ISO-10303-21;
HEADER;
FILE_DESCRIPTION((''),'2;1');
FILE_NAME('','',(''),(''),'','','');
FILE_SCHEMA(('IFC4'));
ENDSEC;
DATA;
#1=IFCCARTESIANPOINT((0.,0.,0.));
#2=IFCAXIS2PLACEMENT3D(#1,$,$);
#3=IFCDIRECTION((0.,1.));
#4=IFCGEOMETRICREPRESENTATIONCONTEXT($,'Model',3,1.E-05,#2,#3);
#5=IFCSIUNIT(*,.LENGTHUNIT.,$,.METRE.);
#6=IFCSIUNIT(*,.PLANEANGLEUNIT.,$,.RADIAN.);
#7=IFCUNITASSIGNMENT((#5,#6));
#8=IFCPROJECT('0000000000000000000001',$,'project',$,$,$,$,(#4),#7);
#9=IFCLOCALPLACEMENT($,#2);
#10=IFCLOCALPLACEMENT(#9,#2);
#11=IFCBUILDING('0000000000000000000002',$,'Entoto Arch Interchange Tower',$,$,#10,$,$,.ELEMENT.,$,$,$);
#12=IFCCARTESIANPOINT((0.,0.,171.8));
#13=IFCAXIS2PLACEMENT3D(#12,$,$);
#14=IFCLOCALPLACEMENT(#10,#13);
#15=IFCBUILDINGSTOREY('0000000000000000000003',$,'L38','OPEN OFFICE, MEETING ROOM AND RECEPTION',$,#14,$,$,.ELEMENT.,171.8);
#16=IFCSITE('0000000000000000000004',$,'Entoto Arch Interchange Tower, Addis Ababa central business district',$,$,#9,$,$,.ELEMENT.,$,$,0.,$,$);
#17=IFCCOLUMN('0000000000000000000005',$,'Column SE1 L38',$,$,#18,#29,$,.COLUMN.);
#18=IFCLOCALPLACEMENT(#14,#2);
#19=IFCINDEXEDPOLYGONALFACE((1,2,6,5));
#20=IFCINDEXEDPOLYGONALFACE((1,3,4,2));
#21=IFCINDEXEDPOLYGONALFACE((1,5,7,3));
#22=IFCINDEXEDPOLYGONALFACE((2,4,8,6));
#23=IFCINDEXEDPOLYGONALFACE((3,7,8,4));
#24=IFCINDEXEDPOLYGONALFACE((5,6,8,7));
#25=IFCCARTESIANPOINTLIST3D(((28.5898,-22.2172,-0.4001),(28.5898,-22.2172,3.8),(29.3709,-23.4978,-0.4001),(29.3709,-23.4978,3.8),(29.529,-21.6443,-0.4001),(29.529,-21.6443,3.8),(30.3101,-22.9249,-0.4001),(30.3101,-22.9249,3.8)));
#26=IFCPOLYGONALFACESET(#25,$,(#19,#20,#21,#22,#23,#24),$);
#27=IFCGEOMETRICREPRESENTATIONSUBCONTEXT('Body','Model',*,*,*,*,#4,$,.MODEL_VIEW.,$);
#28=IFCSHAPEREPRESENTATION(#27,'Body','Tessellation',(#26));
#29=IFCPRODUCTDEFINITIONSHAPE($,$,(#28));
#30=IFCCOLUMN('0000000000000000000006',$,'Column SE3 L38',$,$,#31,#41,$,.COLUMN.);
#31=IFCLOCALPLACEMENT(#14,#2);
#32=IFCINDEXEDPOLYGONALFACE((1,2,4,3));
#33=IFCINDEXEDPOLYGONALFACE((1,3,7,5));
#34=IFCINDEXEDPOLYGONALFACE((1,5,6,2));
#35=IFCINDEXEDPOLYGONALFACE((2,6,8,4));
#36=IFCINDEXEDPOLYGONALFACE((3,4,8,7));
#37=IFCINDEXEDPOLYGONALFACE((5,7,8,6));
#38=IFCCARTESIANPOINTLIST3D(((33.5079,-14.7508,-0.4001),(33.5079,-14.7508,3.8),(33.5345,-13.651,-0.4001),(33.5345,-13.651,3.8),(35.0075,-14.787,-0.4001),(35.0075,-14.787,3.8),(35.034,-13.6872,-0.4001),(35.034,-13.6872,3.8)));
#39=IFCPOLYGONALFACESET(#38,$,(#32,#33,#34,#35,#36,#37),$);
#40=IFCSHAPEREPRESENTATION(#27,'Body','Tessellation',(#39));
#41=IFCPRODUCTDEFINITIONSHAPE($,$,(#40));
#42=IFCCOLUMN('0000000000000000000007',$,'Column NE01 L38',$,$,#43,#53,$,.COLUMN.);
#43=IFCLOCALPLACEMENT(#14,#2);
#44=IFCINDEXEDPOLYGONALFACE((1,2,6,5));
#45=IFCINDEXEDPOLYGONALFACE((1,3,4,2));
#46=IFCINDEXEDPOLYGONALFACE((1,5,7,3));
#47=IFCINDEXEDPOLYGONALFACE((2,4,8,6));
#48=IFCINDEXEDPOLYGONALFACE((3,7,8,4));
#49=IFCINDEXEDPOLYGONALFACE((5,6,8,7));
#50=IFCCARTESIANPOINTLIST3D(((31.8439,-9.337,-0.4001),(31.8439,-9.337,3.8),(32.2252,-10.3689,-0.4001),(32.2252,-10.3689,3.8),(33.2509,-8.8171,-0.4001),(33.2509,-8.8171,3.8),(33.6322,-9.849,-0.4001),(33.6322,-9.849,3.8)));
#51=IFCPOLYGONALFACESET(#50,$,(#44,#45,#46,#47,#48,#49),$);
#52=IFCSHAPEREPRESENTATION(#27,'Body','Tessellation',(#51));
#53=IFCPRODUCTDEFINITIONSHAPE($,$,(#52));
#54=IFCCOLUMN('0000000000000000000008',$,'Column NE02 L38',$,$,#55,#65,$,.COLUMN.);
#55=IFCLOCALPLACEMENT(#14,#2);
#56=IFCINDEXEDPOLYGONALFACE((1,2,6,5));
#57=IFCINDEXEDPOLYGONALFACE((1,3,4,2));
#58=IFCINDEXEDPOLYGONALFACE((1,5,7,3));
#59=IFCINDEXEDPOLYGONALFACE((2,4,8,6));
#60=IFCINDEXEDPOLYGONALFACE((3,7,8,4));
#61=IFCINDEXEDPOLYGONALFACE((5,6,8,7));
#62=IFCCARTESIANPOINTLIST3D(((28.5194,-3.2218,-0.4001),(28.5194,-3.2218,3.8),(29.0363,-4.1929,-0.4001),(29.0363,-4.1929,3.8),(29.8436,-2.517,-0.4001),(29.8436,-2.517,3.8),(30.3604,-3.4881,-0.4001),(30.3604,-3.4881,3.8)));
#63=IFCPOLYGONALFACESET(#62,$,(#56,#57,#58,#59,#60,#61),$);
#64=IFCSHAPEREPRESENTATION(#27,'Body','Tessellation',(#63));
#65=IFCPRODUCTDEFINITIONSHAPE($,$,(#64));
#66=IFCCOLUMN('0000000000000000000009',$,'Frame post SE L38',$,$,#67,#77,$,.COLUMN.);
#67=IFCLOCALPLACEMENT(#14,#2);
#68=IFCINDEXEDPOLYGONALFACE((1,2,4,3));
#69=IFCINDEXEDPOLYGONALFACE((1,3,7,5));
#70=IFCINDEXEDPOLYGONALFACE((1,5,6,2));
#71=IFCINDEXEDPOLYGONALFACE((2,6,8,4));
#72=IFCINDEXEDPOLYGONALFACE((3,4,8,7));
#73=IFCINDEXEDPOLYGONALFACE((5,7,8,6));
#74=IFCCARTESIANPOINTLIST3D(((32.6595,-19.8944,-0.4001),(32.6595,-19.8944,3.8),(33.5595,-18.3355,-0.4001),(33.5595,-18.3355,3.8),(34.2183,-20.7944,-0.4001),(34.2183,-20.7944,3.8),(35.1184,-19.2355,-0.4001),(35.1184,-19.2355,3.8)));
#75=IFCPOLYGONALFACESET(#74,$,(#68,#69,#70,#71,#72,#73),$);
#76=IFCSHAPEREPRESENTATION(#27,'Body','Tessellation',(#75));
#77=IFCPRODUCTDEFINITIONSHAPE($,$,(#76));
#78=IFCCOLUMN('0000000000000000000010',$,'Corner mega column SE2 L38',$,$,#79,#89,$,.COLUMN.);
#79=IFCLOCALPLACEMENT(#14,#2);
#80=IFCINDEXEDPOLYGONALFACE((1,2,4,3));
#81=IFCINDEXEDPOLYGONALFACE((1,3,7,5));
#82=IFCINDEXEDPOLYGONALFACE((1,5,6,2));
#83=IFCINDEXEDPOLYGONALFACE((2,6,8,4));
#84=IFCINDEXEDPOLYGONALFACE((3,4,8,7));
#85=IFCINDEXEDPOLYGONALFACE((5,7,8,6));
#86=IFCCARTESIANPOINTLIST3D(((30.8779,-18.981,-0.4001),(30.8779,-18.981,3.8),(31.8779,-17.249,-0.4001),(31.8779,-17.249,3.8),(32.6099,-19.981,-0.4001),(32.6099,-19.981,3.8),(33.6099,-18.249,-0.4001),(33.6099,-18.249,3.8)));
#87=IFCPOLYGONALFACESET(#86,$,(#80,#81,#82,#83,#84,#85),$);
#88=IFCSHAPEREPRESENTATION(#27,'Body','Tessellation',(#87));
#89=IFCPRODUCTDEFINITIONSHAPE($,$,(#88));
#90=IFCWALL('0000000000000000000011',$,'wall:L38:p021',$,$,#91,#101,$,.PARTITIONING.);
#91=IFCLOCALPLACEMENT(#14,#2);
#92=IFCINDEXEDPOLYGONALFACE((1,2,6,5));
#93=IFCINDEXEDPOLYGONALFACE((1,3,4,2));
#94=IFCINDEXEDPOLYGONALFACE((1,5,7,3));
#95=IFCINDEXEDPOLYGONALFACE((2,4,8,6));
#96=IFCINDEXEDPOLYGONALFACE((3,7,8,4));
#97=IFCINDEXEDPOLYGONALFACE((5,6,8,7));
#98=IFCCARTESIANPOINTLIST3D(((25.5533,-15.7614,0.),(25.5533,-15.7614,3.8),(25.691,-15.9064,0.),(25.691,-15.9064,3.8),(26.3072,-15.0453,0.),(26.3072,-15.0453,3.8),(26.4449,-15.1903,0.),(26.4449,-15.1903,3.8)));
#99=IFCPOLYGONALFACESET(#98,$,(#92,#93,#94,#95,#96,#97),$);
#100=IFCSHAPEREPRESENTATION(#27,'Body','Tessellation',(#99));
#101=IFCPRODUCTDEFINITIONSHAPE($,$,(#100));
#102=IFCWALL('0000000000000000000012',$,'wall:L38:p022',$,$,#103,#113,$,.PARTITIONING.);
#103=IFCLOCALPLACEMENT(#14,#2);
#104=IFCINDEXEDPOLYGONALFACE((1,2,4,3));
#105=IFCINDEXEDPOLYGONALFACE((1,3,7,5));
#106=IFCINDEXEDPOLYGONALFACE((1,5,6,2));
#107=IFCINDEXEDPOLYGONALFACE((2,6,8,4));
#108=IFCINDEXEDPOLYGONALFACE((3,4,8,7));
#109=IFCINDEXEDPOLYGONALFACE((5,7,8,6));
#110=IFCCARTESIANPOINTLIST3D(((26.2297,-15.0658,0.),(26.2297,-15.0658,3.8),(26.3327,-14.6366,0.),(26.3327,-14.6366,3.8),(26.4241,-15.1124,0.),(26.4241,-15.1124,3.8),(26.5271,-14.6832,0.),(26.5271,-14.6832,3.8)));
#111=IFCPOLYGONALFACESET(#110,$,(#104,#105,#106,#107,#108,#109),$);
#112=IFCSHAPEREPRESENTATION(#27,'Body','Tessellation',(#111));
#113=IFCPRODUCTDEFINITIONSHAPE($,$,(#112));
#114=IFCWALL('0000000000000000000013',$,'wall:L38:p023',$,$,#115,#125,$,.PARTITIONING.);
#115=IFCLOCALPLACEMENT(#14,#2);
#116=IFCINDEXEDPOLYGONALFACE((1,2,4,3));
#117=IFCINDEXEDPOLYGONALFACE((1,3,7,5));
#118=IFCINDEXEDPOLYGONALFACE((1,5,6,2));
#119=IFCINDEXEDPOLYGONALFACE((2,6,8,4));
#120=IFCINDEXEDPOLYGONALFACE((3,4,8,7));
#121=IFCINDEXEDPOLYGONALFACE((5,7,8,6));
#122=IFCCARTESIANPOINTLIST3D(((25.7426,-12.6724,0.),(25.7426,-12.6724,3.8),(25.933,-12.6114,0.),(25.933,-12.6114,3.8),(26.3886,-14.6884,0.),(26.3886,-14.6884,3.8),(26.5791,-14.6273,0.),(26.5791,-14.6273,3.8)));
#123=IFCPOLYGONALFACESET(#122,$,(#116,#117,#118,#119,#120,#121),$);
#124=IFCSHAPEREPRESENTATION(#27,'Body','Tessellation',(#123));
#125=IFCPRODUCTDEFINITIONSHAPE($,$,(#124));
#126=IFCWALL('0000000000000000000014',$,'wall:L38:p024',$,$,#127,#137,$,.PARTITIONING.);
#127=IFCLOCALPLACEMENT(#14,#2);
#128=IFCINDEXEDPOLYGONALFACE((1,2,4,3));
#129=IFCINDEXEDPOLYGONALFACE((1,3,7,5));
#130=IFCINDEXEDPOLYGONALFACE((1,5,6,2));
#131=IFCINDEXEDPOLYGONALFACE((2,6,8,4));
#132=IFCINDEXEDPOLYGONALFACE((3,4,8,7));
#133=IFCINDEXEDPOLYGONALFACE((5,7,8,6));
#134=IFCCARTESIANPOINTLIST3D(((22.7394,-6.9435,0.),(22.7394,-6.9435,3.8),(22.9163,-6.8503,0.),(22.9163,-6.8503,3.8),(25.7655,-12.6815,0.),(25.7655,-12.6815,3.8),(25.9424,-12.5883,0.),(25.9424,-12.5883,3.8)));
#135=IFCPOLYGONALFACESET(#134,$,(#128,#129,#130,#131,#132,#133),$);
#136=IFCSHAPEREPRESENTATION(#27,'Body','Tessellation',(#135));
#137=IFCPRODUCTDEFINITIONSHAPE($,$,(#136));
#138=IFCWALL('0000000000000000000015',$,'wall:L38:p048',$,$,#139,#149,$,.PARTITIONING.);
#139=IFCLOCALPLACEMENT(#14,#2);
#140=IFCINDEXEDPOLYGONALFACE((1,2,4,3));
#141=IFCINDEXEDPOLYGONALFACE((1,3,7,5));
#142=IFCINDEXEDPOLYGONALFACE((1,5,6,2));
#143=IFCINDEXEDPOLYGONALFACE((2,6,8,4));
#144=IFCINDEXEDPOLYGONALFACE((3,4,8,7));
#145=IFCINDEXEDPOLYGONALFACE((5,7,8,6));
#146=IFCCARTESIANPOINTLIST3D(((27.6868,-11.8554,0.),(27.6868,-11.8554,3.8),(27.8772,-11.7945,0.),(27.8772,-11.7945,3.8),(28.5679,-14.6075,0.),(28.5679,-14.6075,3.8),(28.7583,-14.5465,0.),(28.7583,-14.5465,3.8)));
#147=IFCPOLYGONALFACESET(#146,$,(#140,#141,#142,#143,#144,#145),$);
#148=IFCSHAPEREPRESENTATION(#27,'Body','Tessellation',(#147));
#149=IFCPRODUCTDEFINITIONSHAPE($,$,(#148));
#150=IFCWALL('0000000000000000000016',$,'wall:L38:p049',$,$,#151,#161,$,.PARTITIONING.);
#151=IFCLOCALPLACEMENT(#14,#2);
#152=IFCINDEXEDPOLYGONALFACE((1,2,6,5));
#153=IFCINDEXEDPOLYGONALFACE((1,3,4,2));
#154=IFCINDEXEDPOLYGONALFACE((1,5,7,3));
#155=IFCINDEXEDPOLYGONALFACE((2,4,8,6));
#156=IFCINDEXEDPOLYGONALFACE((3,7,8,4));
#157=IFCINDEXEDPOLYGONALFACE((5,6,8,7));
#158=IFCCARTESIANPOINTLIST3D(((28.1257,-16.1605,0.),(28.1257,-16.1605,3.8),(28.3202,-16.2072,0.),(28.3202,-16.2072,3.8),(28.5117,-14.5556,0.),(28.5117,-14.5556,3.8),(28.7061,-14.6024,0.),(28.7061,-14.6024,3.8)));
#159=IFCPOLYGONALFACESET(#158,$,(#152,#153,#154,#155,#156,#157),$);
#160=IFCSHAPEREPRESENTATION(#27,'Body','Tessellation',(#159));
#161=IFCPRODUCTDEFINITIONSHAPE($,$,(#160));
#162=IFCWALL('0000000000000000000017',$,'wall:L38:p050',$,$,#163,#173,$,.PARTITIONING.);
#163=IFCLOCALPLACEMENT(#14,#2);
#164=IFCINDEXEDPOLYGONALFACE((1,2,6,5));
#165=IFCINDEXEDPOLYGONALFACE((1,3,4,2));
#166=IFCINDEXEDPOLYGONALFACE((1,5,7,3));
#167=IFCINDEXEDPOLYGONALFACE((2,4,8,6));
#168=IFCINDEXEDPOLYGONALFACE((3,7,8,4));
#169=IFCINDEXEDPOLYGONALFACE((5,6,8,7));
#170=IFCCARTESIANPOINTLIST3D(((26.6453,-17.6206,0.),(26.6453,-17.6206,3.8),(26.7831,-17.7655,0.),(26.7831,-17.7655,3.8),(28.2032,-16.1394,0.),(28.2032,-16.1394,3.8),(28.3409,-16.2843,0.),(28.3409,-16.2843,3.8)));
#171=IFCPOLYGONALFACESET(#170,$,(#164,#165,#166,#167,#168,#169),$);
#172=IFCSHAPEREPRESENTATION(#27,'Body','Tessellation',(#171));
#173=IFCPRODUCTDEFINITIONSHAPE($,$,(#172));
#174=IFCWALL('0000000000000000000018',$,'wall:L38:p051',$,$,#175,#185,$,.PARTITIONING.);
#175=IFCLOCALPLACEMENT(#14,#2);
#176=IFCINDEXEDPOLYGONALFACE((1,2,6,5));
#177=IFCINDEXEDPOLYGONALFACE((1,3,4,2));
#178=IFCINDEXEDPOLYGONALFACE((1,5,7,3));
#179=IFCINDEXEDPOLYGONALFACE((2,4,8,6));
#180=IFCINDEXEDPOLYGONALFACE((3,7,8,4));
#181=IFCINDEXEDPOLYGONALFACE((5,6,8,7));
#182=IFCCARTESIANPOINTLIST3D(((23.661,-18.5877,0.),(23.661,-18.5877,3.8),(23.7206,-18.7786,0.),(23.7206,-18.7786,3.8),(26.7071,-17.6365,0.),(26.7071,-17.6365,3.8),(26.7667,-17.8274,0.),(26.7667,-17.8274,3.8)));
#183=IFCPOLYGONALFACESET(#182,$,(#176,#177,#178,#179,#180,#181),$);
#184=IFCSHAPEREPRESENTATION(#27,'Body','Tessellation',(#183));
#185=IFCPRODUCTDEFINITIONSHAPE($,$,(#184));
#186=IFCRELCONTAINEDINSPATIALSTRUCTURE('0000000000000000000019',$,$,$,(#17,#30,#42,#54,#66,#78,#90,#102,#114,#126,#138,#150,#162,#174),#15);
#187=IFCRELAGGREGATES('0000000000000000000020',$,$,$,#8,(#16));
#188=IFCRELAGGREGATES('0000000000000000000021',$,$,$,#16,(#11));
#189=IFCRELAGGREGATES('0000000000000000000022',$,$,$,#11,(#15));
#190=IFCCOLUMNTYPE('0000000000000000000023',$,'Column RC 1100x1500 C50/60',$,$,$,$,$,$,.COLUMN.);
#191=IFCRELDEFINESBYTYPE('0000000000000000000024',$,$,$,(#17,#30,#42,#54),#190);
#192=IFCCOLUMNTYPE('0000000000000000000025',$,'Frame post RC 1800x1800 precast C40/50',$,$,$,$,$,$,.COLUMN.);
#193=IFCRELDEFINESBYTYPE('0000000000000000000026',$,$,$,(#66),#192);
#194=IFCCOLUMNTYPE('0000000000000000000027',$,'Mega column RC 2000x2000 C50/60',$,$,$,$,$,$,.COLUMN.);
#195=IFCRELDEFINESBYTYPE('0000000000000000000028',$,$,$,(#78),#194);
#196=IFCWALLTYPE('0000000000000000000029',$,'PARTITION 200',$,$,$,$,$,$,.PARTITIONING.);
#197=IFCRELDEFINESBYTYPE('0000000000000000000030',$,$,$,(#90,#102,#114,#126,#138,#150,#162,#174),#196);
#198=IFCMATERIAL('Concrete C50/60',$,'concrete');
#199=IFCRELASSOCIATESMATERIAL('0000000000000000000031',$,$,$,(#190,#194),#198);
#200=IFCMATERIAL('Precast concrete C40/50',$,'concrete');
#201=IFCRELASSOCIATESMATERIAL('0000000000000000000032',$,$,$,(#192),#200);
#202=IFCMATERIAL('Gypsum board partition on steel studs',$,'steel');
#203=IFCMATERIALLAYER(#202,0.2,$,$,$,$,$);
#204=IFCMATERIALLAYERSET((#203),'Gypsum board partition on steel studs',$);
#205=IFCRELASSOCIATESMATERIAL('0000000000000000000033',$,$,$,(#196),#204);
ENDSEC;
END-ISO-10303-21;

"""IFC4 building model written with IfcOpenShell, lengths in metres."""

from ifc_helpers import new_model, si_unit, direction, frame, frame_2d, origin, origin_2d, place, context, subcontext, project, spatial, rectangle, extrude, material, layer, layer_set, material_profile, profile_set, type_object, element, save


model = new_model("IFC4")

# Units and contexts
model_context = context("Model", 3, precision=1e-05, world=origin(), true_north=direction((0.0, 1.0)))
body_context = subcontext(model_context, "Body", "Model", "MODEL_VIEW")
ifc_project = project(units=[si_unit("LENGTHUNIT", "METRE"), si_unit("PLANEANGLEUNIT", "RADIAN")], contexts=[model_context])

# Site, building, storey
site_placement = place(None, origin())
site = spatial("IfcSite", under=ifc_project, at=site_placement, Name="Entoto Arch Interchange Tower, Addis Ababa central business district", CompositionType="ELEMENT", RefElevation=0.0)
building_placement = place(site_placement, origin())
building = spatial("IfcBuilding", under=site, at=building_placement, Name="Entoto Arch Interchange Tower", CompositionType="ELEMENT")
storey_placement = place(building_placement, frame((0.0, 0.0, 171.8)))
storey = spatial("IfcBuildingStorey", under=building, at=storey_placement, Name="L38", Description="OPEN OFFICE, MEETING ROOM AND RECEPTION", CompositionType="ELEMENT", Elevation=171.8)

# Columns
ifc_material_1 = material(Name="Concrete C50/60", Category="concrete")
ifc_material_profile_1 = material_profile(ifc_material_1, rectangle(XDim=1.1001, YDim=1.5, at=origin_2d()))
ifc_profile_set_1 = profile_set([ifc_material_profile_1], Name="Concrete C50/60")
column_type_1 = type_object("IfcColumnType", Name="Column RC 1100x1500 C50/60", PredefinedType="COLUMN", material=ifc_profile_set_1)
for number, where, z_axis, x_axis, name in (
    (1, (29.45, -22.571, -0.4001), (0.0, 0.0, 1.0), (0.853714, 0.520741, 0.0), "Column SE1 L38"),
    (2, (34.271, -14.219, -0.4001), (0.0, 0.0, 1.0), (0.024118, 0.999709, 0.0), "Column SE3 L38"),
    (3, (32.738, -9.593, -0.4001), (0.0, 0.0, 1.0), (-0.346592, 0.938016, 0.0), "Column NE01 L38"),
    (4, (29.4399, -3.355, -0.4001), (0.0, 0.0, 1.0), (-0.469857, 0.882743, 0.0), "Column NE02 L38"),
):
    element("IfcColumn", number, at=place(storey_placement, frame(where, z_axis=z_axis, x_axis=x_axis)), inside=storey, type_object=column_type_1, Name=name, PredefinedType="COLUMN", context=body_context, shape_type="SweptSolid", body=[
        extrude(rectangle(XDim=1.1001, YDim=1.5, at=origin_2d()), origin(), (0.0, 0.0, 1.0), 4.2002),
    ])
ifc_material_2 = material(Name="Precast concrete C40/50", Category="concrete")
ifc_material_profile_2 = material_profile(ifc_material_2, rectangle(XDim=1.8, YDim=1.8, at=origin_2d()))
ifc_profile_set_2 = profile_set([ifc_material_profile_2], Name="Precast concrete C40/50")
column_type_2 = type_object("IfcColumnType", Name="Frame post RC 1800x1800 precast C40/50", PredefinedType="COLUMN", material=ifc_profile_set_2)
column_1_placement = place(storey_placement, frame((33.8889, -19.5649, -0.4001), z_axis=(0.0, 0.0, 1.0), x_axis=(-0.866025, 0.5, 0.0)))
element("IfcColumn", 5, at=column_1_placement, inside=storey, type_object=column_type_2, Name="Frame post SE L38", PredefinedType="COLUMN", context=body_context, shape_type="SweptSolid", body=[
    extrude(rectangle(XDim=1.8, YDim=1.8, at=origin_2d()), origin(), (0.0, 0.0, 1.0), 4.2002),
])
ifc_material_profile_3 = material_profile(ifc_material_1, rectangle(XDim=2.0, YDim=2.0, at=origin_2d()))
ifc_profile_set_3 = profile_set([ifc_material_profile_3], Name="Concrete C50/60")
column_type_3 = type_object("IfcColumnType", Name="Mega column RC 2000x2000 C50/60", PredefinedType="COLUMN", material=ifc_profile_set_3)
column_2_placement = place(storey_placement, frame((32.2439, -18.615, -0.4001), z_axis=(0.0, 0.0, 1.0), x_axis=(-0.866025, 0.5, 0.0)))
element("IfcColumn", 6, at=column_2_placement, inside=storey, type_object=column_type_3, Name="Corner mega column SE2 L38", PredefinedType="COLUMN", context=body_context, shape_type="SweptSolid", body=[
    extrude(rectangle(XDim=2.0, YDim=2.0, at=origin_2d()), origin(), (0.0, 0.0, 1.0), 4.2002),
])

# Walls
ifc_material_3 = material(Name="Gypsum board partition on steel studs", Category="steel")
ifc_layer_1 = layer(ifc_material_3, 0.2)
ifc_layer_set_1 = layer_set([ifc_layer_1], Name="Gypsum board partition on steel studs")
wall_type_1 = type_object("IfcWallType", Name="PARTITION 200", PredefinedType="PARTITIONING", material=ifc_layer_set_1)
wall_1_placement = place(storey_placement, frame((25.6221, -15.834, 0.0), z_axis=(0.0, 0.0, 1.0), x_axis=(0.72507, 0.688675, 0.0)))
element("IfcWall", 7, at=wall_1_placement, inside=storey, type_object=wall_type_1, Name="wall:L38:p021", PredefinedType="PARTITIONING", context=body_context, shape_type="SweptSolid", body=[
    extrude(rectangle(XDim=1.0398, YDim=0.2, at=frame_2d((0.52, 0.0))), origin(), (0.0, 0.0, 1.0), 3.8),
])
wall_2_placement = place(storey_placement, frame((26.3269, -15.0891, 0.0), z_axis=(0.0, 0.0, 1.0), x_axis=(0.233415, 0.972377, 0.0)))
element("IfcWall", 8, at=wall_2_placement, inside=storey, type_object=wall_type_1, Name="wall:L38:p022", PredefinedType="PARTITIONING", context=body_context, shape_type="SweptSolid", body=[
    extrude(rectangle(XDim=0.4414, YDim=0.2, at=frame_2d((0.2207, 0.0))), origin(), (0.0, 0.0, 1.0), 3.8),
])
wall_3_placement = place(storey_placement, frame((26.4839, -14.658, 0.0), z_axis=(0.0, 0.0, 1.0), x_axis=(-0.305169, 0.952298, 0.0)))
element("IfcWall", 9, at=wall_3_placement, inside=storey, type_object=wall_type_1, Name="wall:L38:p023", PredefinedType="PARTITIONING", context=body_context, shape_type="SweptSolid", body=[
    extrude(rectangle(XDim=2.1169, YDim=0.2, at=frame_2d((1.0586, 0.0))), origin(), (0.0, 0.0, 1.0), 3.8),
])
wall_4_placement = place(storey_placement, frame((25.854, -12.635, 0.0), z_axis=(0.0, 0.0, 1.0), x_axis=(-0.466483, 0.88453, 0.0)))
element("IfcWall", 10, at=wall_4_placement, inside=storey, type_object=wall_type_1, Name="wall:L38:p024", PredefinedType="PARTITIONING", context=body_context, shape_type="SweptSolid", body=[
    extrude(rectangle(XDim=6.4871, YDim=0.2, at=frame_2d((3.2437, 0.0))), origin(), (0.0, 0.0, 1.0), 3.8),
])
wall_5_placement = place(storey_placement, frame((27.782, -11.825, 0.0), z_axis=(0.0, 0.0, 1.0), x_axis=(0.304926, -0.952376, 0.0)))
element("IfcWall", 11, at=wall_5_placement, inside=storey, type_object=wall_type_1, Name="wall:L38:p048", PredefinedType="PARTITIONING", context=body_context, shape_type="SweptSolid", body=[
    extrude(rectangle(XDim=2.8896, YDim=0.2, at=frame_2d((1.4448, 0.0))), origin(), (0.0, 0.0, 1.0), 3.8),
])
wall_6_placement = place(storey_placement, frame((28.6089, -14.5791, 0.0), z_axis=(0.0, 0.0, 1.0), x_axis=(-0.233826, -0.972278, 0.0)))
element("IfcWall", 12, at=wall_6_placement, inside=storey, type_object=wall_type_1, Name="wall:L38:p049", PredefinedType="PARTITIONING", context=body_context, shape_type="SweptSolid", body=[
    extrude(rectangle(XDim=1.6506, YDim=0.2, at=frame_2d((0.8252, 0.0))), origin(), (0.0, 0.0, 1.0), 3.8),
])
wall_7_placement = place(storey_placement, frame((28.272, -16.2119, 0.0), z_axis=(0.0, 0.0, 1.0), x_axis=(-0.724713, -0.689051, 0.0)))
element("IfcWall", 13, at=wall_7_placement, inside=storey, type_object=wall_type_1, Name="wall:L38:p050", PredefinedType="PARTITIONING", context=body_context, shape_type="SweptSolid", body=[
    extrude(rectangle(XDim=2.1497, YDim=0.2, at=frame_2d((1.0747, 0.0))), origin(), (0.0, 0.0, 1.0), 3.8),
])
wall_8_placement = place(storey_placement, frame((26.7371, -17.7319, 0.0), z_axis=(0.0, 0.0, 1.0), x_axis=(-0.954547, -0.298062, 0.0)))
element("IfcWall", 14, at=wall_8_placement, inside=storey, type_object=wall_type_1, Name="wall:L38:p051", PredefinedType="PARTITIONING", context=body_context, shape_type="SweptSolid", body=[
    extrude(rectangle(XDim=3.1912, YDim=0.2, at=frame_2d((1.5957, 0.0))), origin(), (0.0, 0.0, 1.0), 3.8),
])

save(model, "model.ifc")
